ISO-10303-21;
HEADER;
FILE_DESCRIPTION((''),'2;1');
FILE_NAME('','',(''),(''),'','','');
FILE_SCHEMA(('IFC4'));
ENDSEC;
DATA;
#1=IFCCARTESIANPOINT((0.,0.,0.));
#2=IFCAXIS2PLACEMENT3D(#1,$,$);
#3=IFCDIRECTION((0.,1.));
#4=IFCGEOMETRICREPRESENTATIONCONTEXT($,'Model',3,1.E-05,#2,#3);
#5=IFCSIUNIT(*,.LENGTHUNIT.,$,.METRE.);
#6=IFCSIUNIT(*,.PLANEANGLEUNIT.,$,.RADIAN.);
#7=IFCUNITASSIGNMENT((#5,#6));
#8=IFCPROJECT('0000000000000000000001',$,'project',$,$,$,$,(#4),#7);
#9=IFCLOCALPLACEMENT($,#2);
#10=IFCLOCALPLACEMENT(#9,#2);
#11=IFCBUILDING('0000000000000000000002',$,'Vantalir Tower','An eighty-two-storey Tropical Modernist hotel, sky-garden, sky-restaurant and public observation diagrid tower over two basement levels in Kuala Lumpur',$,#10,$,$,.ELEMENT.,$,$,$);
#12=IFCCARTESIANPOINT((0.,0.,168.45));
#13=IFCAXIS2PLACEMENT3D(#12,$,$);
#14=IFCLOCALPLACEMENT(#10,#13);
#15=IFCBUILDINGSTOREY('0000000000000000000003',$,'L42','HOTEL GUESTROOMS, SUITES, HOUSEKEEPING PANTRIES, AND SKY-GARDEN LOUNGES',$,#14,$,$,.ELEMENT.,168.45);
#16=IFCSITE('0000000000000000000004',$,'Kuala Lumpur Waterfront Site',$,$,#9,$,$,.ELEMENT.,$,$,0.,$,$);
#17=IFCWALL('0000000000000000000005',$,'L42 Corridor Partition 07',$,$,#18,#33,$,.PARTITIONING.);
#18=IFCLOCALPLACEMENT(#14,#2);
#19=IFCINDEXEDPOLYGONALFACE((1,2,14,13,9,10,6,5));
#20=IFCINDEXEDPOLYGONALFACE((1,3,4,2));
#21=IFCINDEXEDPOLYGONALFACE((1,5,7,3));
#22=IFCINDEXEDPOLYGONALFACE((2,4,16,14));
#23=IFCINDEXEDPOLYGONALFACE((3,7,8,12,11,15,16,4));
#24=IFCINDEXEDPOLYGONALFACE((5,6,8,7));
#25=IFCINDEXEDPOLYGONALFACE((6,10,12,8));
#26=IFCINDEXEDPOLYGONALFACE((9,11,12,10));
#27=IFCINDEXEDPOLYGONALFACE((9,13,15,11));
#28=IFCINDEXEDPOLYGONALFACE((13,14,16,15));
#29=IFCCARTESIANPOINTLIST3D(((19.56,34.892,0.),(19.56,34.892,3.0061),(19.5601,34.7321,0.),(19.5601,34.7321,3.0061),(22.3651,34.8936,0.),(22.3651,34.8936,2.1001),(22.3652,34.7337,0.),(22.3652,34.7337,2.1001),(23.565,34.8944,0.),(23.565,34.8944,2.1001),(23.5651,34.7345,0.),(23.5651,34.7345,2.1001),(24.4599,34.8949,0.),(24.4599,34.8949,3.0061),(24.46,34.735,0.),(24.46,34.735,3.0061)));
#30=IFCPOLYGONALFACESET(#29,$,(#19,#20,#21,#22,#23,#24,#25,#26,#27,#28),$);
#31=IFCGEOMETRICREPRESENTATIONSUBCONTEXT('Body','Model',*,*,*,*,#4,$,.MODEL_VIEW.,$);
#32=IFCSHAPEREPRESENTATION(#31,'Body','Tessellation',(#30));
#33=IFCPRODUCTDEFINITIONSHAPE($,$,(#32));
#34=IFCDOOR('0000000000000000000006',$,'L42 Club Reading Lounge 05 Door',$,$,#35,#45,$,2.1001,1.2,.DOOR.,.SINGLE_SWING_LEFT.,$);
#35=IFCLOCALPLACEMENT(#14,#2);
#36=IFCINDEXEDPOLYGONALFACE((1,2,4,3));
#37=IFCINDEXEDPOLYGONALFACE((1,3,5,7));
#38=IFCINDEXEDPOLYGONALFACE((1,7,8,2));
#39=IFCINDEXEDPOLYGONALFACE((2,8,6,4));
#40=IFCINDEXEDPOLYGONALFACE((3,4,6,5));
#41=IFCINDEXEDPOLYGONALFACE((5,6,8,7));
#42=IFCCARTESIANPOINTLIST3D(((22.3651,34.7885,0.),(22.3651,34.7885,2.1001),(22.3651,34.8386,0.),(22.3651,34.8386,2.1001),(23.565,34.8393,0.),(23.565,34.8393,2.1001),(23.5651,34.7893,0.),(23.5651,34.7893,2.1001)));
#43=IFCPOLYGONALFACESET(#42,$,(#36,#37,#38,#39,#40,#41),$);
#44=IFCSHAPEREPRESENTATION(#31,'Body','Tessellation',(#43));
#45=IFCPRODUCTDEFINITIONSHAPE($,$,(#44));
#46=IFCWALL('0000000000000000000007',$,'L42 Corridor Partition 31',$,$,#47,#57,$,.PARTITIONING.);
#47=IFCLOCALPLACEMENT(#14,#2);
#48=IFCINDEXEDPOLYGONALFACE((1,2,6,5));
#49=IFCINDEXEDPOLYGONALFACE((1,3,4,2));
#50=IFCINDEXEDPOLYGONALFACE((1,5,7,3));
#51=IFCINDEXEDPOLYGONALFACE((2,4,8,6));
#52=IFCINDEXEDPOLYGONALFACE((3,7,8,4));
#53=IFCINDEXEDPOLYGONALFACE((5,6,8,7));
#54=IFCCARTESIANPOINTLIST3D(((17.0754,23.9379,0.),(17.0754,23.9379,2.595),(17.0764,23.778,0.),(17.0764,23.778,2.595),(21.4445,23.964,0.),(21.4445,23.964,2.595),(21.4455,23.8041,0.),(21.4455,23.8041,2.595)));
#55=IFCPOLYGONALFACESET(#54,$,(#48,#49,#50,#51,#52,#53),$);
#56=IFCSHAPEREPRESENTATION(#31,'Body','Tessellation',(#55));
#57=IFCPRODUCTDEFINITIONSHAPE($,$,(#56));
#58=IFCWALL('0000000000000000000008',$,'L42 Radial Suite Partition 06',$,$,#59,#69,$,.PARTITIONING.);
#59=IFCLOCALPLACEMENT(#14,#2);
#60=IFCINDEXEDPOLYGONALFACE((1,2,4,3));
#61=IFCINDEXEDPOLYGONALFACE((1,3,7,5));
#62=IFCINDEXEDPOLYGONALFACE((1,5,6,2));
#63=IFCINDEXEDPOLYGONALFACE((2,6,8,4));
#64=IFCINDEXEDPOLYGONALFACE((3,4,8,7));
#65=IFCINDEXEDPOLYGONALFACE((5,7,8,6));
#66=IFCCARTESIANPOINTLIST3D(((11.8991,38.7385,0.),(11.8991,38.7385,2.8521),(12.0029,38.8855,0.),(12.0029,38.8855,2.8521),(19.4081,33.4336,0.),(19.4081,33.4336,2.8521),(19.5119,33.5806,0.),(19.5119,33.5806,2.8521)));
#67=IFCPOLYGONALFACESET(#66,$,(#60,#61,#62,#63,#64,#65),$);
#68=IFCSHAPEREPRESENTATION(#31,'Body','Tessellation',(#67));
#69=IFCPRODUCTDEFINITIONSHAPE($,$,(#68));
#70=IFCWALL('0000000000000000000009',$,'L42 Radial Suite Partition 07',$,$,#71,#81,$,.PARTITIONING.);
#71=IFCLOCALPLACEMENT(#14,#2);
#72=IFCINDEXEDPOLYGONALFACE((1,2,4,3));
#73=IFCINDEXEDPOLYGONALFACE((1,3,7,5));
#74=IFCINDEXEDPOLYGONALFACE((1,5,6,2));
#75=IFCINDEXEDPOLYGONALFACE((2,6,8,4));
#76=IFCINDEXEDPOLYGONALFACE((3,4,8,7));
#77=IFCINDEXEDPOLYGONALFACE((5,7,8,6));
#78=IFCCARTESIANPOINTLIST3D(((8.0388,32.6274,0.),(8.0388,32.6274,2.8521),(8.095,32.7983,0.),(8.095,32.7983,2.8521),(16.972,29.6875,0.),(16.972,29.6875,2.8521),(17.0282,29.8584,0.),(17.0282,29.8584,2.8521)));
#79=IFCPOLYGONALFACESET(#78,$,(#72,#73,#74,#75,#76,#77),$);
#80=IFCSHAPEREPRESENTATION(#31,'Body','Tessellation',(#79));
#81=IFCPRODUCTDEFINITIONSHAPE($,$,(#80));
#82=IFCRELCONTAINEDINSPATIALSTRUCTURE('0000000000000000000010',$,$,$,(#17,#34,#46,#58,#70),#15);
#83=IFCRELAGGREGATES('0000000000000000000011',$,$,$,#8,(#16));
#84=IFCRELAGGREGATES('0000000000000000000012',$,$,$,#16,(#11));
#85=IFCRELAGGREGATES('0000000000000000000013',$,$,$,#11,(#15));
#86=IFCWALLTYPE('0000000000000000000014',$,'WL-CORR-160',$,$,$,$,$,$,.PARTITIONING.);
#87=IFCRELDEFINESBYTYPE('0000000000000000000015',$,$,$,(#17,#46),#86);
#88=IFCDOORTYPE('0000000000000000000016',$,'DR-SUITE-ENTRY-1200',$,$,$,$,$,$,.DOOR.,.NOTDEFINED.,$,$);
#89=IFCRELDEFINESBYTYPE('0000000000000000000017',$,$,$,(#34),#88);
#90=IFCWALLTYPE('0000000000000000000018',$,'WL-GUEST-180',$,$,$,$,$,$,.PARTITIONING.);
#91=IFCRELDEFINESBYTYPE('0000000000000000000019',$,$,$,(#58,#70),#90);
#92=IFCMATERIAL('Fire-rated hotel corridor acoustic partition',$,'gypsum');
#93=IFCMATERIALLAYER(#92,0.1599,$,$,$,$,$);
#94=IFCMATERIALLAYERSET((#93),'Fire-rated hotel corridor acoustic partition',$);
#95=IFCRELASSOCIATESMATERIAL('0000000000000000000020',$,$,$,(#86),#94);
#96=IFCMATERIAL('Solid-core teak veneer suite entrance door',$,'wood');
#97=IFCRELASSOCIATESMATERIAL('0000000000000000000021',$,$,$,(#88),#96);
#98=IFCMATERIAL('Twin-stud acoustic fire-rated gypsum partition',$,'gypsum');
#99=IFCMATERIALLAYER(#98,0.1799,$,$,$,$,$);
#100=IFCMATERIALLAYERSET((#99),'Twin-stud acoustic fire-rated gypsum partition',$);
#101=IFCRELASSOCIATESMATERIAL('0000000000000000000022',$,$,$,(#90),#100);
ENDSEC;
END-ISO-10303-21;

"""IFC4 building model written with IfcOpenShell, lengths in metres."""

from ifc_helpers import new_model, si_unit, direction, frame, frame_2d, origin, place, context, subcontext, project, spatial, rectangle, extrude, material, layer, layer_set, type_object, element, fill, save


model = new_model("IFC4")

# Units and contexts
model_context = context("Model", 3, precision=1e-05, world=origin(), true_north=direction((0.0, 1.0)))
body_context = subcontext(model_context, "Body", "Model", "MODEL_VIEW")
ifc_project = project(units=[si_unit("LENGTHUNIT", "METRE"), si_unit("PLANEANGLEUNIT", "RADIAN")], contexts=[model_context])

# Site, building, storey
site_placement = place(None, origin())
site = spatial("IfcSite", under=ifc_project, at=site_placement, Name="Kuala Lumpur Waterfront Site", CompositionType="ELEMENT", RefElevation=0.0)
building_placement = place(site_placement, origin())
building = spatial("IfcBuilding", under=site, at=building_placement, Name="Vantalir Tower", Description="An eighty-two-storey Tropical Modernist hotel, sky-garden, sky-restaurant and public observation diagrid tower over two basement levels in Kuala Lumpur", CompositionType="ELEMENT")
storey_placement = place(building_placement, frame((0.0, 0.0, 168.45)))
storey = spatial("IfcBuildingStorey", under=building, at=storey_placement, Name="L42", Description="HOTEL GUESTROOMS, SUITES, HOUSEKEEPING PANTRIES, AND SKY-GARDEN LOUNGES", CompositionType="ELEMENT", Elevation=168.45)

# Shared definitions
ifc_material_1 = material(Name="Fire-rated hotel corridor acoustic partition", Category="gypsum")
ifc_layer_1 = layer(ifc_material_1, 0.1599)
ifc_layer_set_1 = layer_set([ifc_layer_1], Name="Fire-rated hotel corridor acoustic partition")
wall_type_1 = type_object("IfcWallType", Name="WL-CORR-160", PredefinedType="PARTITIONING", material=ifc_layer_set_1)

# Shared definitions
ifc_material_2 = material(Name="Solid-core teak veneer suite entrance door", Category="wood")
door_type = type_object("IfcDoorType", Name="DR-SUITE-ENTRY-1200", OperationType="NOTDEFINED", PredefinedType="DOOR", material=ifc_material_2)

# Wall, opening, door
wall_1_placement = place(storey_placement, frame((19.5601, 34.812, 0.0), z_axis=(0.0, 0.0, 1.0), x_axis=(1.0, 0.000598, 0.0)))
wall_1 = element("IfcWall", 1, at=wall_1_placement, inside=storey, type_object=wall_type_1, Name="L42 Corridor Partition 07", PredefinedType="PARTITIONING", context=body_context, shape_type="SweptSolid", body=[
    extrude(rectangle(XDim=4.8999, YDim=0.1599, at=frame_2d((2.45, 0.0))), origin(), (0.0, 0.0, 1.0), 3.0061),
])
opening_1_placement = place(wall_1_placement, frame((2.8049, 0.0, 0.0)))
opening_1 = element("IfcOpeningElement", 2, at=opening_1_placement, cuts=wall_1, PredefinedType="OPENING", context=body_context, shape_type="SweptSolid", body=[
    extrude(rectangle(XDim=1.2, YDim=2.1001, at=frame_2d((0.6001, 1.05))), frame((0.0, 0.0898, 0.0), z_axis=(0.0, -1.0, 0.0), x_axis=(1.0, 0.0, 0.0)), (0.0, 0.0, 1.0), 0.1799),
])
door_1_placement = place(opening_1_placement, origin())
door_1 = element("IfcDoor", 3, at=door_1_placement, inside=storey, type_object=door_type, Name="L42 Club Reading Lounge 05 Door", OperationType="SINGLE_SWING_LEFT", OverallHeight=2.1001, OverallWidth=1.2, PredefinedType="DOOR", context=body_context, shape_type="SweptSolid", body=[
    extrude(rectangle(XDim=1.2, YDim=2.1001, at=frame_2d((0.6001, 1.05))), frame((0.0, 0.0249, 0.0), z_axis=(0.0, -1.0, 0.0), x_axis=(1.0, 0.0, 0.0)), (0.0, 0.0, 1.0), 0.05),
])
fill(opening_1, door_1)

# Walls
wall_2_placement = place(storey_placement, frame((17.0759, 23.8579, 0.0), z_axis=(0.0, 0.0, 1.0), x_axis=(0.999982, 0.005979, 0.0)))
element("IfcWall", 4, at=wall_2_placement, inside=storey, type_object=wall_type_1, Name="L42 Corridor Partition 31", PredefinedType="PARTITIONING", context=body_context, shape_type="SweptSolid", body=[
    extrude(rectangle(XDim=4.3691, YDim=0.1599, at=frame_2d((2.1846, 0.0))), origin(), (0.0, 0.0, 1.0), 2.595),
])
ifc_material_3 = material(Name="Twin-stud acoustic fire-rated gypsum partition", Category="gypsum")
ifc_layer_2 = layer(ifc_material_3, 0.1799)
ifc_layer_set_2 = layer_set([ifc_layer_2], Name="Twin-stud acoustic fire-rated gypsum partition")
wall_type_2 = type_object("IfcWallType", Name="WL-GUEST-180", PredefinedType="PARTITIONING", material=ifc_layer_set_2)
wall_3_placement = place(storey_placement, frame((19.46, 33.5071, 0.0), z_axis=(0.0, 0.0, 1.0), x_axis=(-0.81674, 0.577005, 0.0)))
element("IfcWall", 5, at=wall_3_placement, inside=storey, type_object=wall_type_2, Name="L42 Radial Suite Partition 06", PredefinedType="PARTITIONING", context=body_context, shape_type="SweptSolid", body=[
    extrude(rectangle(XDim=9.1938, YDim=0.1799, at=frame_2d((4.5969, 0.0))), origin(), (0.0, 0.0, 1.0), 2.8521),
])
wall_4_placement = place(storey_placement, frame((17.0, 29.7729, 0.0), z_axis=(0.0, 0.0, 1.0), x_axis=(-0.949881, 0.312612, 0.0)))
element("IfcWall", 6, at=wall_4_placement, inside=storey, type_object=wall_type_2, Name="L42 Radial Suite Partition 07", PredefinedType="PARTITIONING", context=body_context, shape_type="SweptSolid", body=[
    extrude(rectangle(XDim=9.4045, YDim=0.1799, at=frame_2d((4.7021, 0.0))), origin(), (0.0, 0.0, 1.0), 2.8521),
])

save(model, "model.ifc")
